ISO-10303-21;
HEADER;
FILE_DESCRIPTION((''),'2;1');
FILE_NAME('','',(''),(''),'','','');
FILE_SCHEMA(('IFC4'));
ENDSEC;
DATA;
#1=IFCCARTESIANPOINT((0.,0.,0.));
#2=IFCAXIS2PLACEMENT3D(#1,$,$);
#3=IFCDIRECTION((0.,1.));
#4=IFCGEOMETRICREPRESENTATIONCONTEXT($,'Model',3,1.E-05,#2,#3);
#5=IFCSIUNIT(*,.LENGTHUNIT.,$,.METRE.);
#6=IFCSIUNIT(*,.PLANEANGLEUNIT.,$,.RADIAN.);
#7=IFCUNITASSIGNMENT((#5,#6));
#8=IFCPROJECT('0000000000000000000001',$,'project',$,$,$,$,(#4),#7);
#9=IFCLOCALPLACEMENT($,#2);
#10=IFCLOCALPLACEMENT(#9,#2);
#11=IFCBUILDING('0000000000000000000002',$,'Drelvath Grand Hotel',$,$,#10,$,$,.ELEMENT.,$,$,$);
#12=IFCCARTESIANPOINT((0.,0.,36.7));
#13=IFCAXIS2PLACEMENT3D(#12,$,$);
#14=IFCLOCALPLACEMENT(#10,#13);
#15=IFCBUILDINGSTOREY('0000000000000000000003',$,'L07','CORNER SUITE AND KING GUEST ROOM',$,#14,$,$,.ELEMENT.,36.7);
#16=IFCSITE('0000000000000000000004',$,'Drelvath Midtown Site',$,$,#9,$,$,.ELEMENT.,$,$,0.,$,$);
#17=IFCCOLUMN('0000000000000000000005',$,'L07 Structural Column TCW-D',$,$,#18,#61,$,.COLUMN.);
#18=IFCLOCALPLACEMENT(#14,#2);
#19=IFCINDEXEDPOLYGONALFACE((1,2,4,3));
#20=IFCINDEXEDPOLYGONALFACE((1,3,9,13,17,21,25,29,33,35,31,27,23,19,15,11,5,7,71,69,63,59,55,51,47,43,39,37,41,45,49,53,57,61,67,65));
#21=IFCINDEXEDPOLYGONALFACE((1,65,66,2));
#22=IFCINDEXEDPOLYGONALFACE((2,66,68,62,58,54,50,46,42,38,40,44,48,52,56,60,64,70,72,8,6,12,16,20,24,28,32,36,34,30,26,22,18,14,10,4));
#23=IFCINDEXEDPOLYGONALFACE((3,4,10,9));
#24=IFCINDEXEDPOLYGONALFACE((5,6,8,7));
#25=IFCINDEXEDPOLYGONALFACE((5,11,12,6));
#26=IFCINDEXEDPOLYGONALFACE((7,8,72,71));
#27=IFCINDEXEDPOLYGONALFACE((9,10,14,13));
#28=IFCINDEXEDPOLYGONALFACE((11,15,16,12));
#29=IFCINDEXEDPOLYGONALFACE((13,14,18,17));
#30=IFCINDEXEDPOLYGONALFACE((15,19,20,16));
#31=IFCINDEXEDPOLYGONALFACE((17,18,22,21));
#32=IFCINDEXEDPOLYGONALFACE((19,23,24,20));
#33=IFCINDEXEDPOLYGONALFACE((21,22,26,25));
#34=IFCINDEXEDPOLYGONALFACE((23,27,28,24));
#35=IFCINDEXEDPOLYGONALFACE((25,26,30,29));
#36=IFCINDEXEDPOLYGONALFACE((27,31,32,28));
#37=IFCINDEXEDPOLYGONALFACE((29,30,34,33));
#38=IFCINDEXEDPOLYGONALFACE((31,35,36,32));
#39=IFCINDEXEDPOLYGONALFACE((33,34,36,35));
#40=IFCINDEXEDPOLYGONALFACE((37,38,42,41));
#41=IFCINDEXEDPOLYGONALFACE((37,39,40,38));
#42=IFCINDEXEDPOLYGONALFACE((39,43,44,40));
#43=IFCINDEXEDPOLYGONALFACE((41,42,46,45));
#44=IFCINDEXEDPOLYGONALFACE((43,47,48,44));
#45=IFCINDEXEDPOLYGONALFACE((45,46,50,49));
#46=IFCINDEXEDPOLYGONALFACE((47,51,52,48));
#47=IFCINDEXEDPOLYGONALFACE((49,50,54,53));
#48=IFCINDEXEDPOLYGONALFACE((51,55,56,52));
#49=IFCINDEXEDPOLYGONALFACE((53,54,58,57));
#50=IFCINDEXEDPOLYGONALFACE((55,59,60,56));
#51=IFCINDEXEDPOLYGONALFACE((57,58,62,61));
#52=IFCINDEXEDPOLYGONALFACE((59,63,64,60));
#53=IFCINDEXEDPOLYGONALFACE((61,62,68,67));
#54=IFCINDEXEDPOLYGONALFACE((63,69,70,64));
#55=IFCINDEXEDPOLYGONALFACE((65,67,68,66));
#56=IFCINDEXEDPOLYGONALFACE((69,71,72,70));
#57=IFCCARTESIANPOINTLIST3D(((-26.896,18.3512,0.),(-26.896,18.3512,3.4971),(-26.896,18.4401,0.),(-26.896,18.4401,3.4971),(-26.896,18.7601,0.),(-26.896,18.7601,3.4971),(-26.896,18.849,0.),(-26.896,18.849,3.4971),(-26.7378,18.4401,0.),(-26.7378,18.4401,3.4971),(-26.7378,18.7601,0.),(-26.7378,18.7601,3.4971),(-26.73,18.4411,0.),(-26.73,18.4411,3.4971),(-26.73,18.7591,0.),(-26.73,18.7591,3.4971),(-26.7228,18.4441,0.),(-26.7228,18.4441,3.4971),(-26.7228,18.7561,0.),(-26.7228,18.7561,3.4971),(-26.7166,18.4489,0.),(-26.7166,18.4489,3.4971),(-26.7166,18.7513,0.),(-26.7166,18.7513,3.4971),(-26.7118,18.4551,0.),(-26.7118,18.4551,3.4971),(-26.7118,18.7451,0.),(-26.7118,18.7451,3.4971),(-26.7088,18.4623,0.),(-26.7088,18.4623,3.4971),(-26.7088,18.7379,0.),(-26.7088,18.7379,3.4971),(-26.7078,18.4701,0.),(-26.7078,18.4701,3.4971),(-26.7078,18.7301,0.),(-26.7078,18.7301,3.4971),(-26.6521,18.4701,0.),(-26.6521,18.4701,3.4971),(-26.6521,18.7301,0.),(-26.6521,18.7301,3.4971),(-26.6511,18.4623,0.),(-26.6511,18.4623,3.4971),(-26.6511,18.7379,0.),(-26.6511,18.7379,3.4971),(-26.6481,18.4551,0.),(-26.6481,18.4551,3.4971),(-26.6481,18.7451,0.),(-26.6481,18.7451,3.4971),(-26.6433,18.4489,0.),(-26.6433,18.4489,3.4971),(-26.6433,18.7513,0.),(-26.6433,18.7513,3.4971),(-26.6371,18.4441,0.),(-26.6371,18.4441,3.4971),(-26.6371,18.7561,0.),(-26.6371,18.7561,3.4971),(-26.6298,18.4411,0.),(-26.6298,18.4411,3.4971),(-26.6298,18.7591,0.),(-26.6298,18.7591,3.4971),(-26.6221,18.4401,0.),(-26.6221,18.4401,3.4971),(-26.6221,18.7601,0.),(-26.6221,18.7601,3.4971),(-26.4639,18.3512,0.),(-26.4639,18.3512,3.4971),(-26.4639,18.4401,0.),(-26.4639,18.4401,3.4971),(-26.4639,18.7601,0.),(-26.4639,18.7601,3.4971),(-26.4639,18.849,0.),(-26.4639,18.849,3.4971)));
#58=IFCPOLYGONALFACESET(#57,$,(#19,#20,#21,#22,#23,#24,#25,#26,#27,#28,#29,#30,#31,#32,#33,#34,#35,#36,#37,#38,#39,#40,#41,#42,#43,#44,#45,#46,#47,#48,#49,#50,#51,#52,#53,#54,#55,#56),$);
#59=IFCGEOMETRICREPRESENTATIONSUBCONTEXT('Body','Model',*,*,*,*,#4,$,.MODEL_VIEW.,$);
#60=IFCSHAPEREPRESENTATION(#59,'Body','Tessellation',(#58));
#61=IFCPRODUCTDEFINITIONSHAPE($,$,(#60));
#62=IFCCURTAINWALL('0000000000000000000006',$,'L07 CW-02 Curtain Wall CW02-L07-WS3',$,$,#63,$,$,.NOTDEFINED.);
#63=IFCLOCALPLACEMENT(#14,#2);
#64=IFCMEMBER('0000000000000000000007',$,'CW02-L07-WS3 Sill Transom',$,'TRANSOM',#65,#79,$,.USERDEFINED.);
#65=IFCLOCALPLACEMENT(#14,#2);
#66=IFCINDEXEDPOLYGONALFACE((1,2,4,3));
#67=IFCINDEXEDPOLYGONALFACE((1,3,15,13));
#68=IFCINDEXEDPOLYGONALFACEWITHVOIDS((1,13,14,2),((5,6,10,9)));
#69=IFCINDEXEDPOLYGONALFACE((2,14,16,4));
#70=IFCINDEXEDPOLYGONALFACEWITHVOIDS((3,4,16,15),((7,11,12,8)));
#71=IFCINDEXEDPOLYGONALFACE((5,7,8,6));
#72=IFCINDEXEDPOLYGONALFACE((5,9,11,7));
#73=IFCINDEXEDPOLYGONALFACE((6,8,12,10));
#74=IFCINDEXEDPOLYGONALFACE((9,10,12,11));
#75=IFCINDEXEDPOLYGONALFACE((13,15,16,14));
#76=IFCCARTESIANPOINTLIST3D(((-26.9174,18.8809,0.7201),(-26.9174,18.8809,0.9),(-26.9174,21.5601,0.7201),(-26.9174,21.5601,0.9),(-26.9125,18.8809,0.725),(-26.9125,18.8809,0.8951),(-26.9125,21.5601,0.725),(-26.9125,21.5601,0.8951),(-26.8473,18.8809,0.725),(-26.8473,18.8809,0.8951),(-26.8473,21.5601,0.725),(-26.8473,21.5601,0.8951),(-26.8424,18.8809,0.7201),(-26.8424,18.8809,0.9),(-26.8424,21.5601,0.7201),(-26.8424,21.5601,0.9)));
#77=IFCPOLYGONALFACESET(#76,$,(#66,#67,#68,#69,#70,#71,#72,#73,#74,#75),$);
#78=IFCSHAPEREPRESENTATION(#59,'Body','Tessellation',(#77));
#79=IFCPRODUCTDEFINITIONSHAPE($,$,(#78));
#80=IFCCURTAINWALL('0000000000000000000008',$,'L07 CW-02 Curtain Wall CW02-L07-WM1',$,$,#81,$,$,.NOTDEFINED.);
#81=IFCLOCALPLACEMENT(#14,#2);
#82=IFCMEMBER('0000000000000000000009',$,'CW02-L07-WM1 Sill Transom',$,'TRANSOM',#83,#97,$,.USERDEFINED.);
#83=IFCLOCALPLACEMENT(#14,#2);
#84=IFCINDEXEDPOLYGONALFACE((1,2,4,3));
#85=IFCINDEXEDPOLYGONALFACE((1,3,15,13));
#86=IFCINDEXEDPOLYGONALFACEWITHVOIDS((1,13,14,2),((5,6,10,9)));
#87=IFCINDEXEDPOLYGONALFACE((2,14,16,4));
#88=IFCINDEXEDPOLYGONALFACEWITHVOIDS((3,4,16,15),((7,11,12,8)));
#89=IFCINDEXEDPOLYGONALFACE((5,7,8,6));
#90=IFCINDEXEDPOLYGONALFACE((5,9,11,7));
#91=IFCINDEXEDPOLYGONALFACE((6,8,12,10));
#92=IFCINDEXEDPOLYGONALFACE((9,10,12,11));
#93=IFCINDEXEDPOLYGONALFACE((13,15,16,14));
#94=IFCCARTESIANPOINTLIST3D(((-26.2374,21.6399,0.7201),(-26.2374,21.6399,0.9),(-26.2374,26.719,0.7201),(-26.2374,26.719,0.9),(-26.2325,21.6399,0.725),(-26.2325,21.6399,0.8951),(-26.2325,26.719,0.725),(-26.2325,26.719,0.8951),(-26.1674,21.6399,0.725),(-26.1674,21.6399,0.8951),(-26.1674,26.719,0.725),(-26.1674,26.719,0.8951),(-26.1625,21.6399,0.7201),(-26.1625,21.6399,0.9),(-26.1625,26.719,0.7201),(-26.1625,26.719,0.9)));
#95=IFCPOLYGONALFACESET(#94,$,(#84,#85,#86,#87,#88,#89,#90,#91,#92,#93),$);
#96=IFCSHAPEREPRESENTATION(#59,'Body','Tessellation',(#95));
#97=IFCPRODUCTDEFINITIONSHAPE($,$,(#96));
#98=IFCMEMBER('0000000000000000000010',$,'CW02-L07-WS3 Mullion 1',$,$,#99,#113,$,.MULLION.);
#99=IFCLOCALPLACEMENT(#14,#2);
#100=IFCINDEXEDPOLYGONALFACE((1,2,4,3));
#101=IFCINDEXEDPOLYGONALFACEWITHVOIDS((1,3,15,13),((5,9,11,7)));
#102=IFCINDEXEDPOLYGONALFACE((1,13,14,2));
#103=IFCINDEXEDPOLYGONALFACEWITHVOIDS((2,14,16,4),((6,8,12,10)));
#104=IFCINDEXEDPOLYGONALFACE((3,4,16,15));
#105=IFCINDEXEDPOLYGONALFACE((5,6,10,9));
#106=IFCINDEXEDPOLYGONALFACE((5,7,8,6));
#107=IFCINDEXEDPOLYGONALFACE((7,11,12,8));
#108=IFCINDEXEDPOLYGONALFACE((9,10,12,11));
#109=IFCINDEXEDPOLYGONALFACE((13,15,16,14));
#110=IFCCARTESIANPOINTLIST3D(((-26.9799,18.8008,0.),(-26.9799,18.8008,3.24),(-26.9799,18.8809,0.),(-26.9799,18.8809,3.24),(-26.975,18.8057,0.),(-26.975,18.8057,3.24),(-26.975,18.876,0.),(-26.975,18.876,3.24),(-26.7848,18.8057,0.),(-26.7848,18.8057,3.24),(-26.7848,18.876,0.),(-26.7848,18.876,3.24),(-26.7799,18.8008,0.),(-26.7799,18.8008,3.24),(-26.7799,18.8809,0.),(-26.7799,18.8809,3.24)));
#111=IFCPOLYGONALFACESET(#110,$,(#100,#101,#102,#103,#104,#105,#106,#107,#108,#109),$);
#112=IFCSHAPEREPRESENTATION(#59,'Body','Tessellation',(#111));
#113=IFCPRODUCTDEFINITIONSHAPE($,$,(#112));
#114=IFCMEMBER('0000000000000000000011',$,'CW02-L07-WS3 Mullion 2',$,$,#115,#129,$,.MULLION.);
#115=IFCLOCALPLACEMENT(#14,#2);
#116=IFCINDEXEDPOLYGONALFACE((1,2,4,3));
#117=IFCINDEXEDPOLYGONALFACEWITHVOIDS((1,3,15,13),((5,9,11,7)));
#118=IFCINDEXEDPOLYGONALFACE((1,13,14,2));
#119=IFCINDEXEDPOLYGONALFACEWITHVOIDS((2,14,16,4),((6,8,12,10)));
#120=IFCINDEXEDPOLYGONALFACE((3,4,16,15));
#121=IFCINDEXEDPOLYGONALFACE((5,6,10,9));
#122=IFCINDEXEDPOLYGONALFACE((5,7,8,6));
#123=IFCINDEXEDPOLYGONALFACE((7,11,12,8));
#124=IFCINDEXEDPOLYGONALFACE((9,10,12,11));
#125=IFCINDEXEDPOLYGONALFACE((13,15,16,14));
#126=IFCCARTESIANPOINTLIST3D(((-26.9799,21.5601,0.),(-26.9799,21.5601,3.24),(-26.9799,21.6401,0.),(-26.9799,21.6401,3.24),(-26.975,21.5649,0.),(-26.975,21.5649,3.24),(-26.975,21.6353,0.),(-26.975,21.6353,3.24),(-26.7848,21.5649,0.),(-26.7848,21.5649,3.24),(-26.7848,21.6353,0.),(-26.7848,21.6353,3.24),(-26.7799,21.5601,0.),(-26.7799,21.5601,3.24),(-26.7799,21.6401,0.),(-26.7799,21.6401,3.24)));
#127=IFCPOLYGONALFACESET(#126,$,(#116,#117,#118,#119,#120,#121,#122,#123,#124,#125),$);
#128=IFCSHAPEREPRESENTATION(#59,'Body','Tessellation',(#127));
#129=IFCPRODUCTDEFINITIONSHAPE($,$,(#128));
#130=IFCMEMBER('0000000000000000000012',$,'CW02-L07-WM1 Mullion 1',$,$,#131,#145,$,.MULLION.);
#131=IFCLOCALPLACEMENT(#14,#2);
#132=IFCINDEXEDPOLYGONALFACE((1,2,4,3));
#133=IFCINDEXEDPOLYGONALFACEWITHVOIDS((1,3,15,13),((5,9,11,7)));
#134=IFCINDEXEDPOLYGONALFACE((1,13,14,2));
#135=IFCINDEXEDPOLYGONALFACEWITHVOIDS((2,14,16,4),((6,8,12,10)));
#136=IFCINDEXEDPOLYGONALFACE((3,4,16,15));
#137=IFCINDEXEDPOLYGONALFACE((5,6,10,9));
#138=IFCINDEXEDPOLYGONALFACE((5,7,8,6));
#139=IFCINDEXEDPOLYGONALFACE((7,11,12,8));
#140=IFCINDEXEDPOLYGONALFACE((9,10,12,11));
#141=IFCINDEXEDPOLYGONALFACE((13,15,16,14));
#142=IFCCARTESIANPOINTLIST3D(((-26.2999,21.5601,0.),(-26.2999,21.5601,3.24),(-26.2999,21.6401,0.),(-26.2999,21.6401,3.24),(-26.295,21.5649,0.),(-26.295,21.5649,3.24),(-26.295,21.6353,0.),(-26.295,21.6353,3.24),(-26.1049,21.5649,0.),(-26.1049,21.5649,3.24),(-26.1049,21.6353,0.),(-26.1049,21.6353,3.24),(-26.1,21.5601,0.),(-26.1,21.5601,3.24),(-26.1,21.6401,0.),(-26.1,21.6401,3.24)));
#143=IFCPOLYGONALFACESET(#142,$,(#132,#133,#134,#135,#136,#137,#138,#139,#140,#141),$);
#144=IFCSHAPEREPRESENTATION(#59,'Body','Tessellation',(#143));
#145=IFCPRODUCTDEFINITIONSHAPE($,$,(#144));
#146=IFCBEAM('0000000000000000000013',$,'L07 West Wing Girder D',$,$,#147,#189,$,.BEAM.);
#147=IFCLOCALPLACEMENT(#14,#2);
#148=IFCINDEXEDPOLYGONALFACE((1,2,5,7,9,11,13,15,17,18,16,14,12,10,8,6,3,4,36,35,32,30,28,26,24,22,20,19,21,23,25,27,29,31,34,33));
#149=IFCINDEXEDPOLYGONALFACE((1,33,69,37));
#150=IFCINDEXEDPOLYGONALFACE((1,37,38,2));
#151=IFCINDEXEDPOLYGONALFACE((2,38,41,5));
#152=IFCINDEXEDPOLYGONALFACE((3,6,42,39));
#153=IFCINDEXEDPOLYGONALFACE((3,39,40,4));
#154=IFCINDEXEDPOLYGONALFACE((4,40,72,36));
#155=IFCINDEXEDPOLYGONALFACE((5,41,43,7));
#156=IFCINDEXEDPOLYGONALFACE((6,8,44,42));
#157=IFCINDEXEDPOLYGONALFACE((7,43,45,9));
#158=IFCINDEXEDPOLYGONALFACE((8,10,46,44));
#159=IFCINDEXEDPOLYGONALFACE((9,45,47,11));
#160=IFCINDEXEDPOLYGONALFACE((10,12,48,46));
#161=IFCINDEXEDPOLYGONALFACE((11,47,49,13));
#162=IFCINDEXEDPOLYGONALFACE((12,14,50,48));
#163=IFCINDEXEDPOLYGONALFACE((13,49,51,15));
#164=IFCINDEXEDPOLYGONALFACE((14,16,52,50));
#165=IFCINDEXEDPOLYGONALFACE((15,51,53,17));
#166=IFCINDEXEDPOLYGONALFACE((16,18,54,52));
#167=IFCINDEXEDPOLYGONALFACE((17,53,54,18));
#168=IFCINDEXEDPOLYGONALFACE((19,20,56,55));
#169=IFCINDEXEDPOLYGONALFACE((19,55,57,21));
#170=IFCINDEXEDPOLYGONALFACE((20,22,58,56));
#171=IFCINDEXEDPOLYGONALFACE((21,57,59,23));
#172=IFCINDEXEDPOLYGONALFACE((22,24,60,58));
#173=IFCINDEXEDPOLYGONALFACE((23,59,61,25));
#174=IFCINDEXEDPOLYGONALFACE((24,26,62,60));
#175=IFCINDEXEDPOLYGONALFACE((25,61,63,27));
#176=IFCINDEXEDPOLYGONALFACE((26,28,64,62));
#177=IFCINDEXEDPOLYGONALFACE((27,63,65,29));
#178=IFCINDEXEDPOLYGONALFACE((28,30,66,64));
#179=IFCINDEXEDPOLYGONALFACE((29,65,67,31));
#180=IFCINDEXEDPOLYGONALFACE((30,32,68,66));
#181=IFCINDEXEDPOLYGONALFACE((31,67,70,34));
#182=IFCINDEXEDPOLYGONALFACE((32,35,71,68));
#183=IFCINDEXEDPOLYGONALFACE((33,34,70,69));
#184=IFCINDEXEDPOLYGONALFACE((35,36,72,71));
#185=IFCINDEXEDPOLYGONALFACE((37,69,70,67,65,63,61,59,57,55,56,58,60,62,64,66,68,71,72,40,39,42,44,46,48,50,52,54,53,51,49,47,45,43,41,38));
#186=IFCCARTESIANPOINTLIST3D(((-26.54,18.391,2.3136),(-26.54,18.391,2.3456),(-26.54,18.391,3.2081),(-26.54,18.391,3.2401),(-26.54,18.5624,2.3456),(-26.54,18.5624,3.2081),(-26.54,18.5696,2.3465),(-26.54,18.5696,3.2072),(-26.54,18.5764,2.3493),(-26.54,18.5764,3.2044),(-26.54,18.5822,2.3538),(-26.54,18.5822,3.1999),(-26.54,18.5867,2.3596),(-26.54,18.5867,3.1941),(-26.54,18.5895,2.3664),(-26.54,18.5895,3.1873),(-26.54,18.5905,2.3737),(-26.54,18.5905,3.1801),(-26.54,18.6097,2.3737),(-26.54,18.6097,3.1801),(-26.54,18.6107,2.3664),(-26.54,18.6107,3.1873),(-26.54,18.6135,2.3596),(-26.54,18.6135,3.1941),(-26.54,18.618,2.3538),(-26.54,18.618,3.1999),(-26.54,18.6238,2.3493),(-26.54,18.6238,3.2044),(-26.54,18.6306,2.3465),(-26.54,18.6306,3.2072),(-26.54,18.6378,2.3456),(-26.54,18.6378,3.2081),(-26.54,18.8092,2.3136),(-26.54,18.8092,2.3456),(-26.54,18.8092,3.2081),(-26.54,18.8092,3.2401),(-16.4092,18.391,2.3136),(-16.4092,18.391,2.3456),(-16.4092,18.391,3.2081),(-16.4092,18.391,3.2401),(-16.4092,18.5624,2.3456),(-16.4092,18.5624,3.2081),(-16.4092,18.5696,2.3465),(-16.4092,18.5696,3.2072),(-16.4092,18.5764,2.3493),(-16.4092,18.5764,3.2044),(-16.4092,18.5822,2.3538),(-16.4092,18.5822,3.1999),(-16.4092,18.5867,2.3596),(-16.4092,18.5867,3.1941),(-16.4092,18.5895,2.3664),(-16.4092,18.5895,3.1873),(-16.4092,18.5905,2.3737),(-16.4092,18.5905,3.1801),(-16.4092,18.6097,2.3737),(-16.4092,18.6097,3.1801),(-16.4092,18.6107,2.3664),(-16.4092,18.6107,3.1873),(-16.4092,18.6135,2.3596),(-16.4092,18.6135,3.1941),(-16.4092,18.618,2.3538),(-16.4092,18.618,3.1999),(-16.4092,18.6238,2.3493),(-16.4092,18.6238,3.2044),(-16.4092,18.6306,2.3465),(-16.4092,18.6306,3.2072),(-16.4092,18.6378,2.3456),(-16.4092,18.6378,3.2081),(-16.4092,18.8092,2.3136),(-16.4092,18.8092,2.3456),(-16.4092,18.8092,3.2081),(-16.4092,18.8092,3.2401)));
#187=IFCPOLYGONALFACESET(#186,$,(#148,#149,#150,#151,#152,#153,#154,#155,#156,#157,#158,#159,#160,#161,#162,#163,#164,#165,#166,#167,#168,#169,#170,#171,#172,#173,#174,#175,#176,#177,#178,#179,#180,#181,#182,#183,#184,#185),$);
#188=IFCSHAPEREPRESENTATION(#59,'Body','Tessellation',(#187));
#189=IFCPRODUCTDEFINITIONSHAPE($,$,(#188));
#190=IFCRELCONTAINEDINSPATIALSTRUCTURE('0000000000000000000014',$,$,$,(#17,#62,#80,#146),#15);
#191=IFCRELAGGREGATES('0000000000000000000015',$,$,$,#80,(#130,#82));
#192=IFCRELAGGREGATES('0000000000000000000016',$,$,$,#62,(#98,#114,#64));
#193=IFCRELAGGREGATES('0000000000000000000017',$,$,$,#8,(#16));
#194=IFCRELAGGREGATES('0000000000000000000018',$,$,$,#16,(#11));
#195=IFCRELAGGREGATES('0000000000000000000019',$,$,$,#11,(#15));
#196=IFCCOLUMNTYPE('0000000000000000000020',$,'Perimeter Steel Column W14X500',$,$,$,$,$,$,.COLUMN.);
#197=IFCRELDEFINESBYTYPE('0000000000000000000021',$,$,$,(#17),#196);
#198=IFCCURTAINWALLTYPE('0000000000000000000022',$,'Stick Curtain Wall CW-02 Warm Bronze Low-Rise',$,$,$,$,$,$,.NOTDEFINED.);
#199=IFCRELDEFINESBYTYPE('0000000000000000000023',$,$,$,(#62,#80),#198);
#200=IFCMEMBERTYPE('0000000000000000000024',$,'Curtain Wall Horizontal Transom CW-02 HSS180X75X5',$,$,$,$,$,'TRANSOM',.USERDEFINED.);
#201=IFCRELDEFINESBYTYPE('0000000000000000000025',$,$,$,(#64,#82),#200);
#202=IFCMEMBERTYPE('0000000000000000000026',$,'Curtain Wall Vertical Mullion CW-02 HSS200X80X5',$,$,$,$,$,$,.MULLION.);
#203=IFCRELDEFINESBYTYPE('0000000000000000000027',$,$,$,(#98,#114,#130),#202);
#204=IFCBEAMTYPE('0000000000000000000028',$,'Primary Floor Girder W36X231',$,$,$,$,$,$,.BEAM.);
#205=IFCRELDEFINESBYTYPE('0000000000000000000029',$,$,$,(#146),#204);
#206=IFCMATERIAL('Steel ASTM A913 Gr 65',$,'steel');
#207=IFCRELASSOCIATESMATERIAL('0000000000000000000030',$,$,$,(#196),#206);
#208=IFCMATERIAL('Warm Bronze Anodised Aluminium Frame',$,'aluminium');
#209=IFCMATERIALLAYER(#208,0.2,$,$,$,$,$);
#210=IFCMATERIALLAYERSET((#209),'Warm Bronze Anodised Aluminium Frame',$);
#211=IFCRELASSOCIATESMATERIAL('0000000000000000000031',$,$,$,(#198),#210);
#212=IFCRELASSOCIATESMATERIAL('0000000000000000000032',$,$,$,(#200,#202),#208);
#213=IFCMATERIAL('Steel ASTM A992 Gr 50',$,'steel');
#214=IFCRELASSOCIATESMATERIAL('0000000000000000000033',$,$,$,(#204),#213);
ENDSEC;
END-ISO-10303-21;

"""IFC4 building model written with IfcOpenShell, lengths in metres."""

from ifc_helpers import new_model, si_unit, direction, frame, origin, origin_2d, place, context, subcontext, project, spatial, hollow_rectangle, i_section, extrude, material, layer, layer_set, material_profile, profile_set, type_object, element, aggregate, save


model = new_model("IFC4")

# Units and contexts
model_context = context("Model", 3, precision=1e-05, world=origin(), true_north=direction((0.0, 1.0)))
body_context = subcontext(model_context, "Body", "Model", "MODEL_VIEW")
ifc_project = project(units=[si_unit("LENGTHUNIT", "METRE"), si_unit("PLANEANGLEUNIT", "RADIAN")], contexts=[model_context])

# Site, building, storey
site_placement = place(None, origin())
site = spatial("IfcSite", under=ifc_project, at=site_placement, Name="Drelvath Midtown Site", CompositionType="ELEMENT", RefElevation=0.0)
building_placement = place(site_placement, origin())
building = spatial("IfcBuilding", under=site, at=building_placement, Name="Drelvath Grand Hotel", CompositionType="ELEMENT")
storey_placement = place(building_placement, frame((0.0, 0.0, 36.7)))
storey = spatial("IfcBuildingStorey", under=building, at=storey_placement, Name="L07", Description="CORNER SUITE AND KING GUEST ROOM", CompositionType="ELEMENT", Elevation=36.7)

# Column
ifc_material_1 = material(Name="Steel ASTM A913 Gr 65", Category="steel")
ifc_material_profile_1 = material_profile(ifc_material_1, i_section(OverallWidth=0.4321, OverallDepth=0.4978, WebThickness=0.0557, FlangeThickness=0.0889, FilletRadius=0.03, at=origin_2d()), Name="W14X500")
ifc_profile_set_1 = profile_set([ifc_material_profile_1], Name="Steel ASTM A913 Gr 65")
column_type = type_object("IfcColumnType", Name="Perimeter Steel Column W14X500", PredefinedType="COLUMN", material=ifc_profile_set_1)
column_placement = place(storey_placement, frame((-26.6799, 18.6001, 0.0), z_axis=(0.0, 0.0, 1.0), x_axis=(1.0, 0.0, 0.0)))
element("IfcColumn", 1, at=column_placement, inside=storey, type_object=column_type, Name="L07 Structural Column TCW-D", PredefinedType="COLUMN", context=body_context, shape_type="SweptSolid", body=[
    extrude(i_section(OverallWidth=0.4321, OverallDepth=0.4978, WebThickness=0.0557, FlangeThickness=0.0889, FilletRadius=0.03, at=origin_2d()), origin(), (0.0, 0.0, 1.0), 3.4971),
])

# Curtain walls, members
ifc_material_2 = material(Name="Warm Bronze Anodised Aluminium Frame", Category="aluminium")
ifc_layer_1 = layer(ifc_material_2, 0.2)
ifc_layer_set_1 = layer_set([ifc_layer_1], Name="Warm Bronze Anodised Aluminium Frame")
curtain_wall_type = type_object("IfcCurtainWallType", Name="Stick Curtain Wall CW-02 Warm Bronze Low-Rise", PredefinedType="NOTDEFINED", material=ifc_layer_set_1)
curtain_wall_1_placement = place(storey_placement, origin())
curtain_wall_1 = element("IfcCurtainWall", 2, at=curtain_wall_1_placement, inside=storey, type_object=curtain_wall_type, Name="L07 CW-02 Curtain Wall CW02-L07-WS3", PredefinedType="NOTDEFINED")
ifc_material_profile_2 = material_profile(ifc_material_2, hollow_rectangle(XDim=0.075, YDim=0.1799, WallThickness=0.0049, at=origin_2d()), Name="HSS180X75X5")
ifc_profile_set_2 = profile_set([ifc_material_profile_2], Name="Warm Bronze Anodised Aluminium Frame")
member_type_1 = type_object("IfcMemberType", Name="Curtain Wall Horizontal Transom CW-02 HSS180X75X5", ElementType="TRANSOM", PredefinedType="USERDEFINED", material=ifc_profile_set_2)
member_1_placement = place(storey_placement, frame((-26.8799, 18.8809, 0.8101), z_axis=(0.0, 1.0, 0.0), x_axis=(-1.0, 0.0, 0.0)))
member_1 = element("IfcMember", 3, at=member_1_placement, type_object=member_type_1, Name="CW02-L07-WS3 Sill Transom", ObjectType="TRANSOM", PredefinedType="USERDEFINED", context=body_context, shape_type="SweptSolid", body=[
    extrude(hollow_rectangle(XDim=0.075, YDim=0.1799, WallThickness=0.0049, at=origin_2d()), origin(), (0.0, 0.0, 1.0), 2.6792),
])
curtain_wall_2_placement = place(storey_placement, origin())
curtain_wall_2 = element("IfcCurtainWall", 4, at=curtain_wall_2_placement, inside=storey, type_object=curtain_wall_type, Name="L07 CW-02 Curtain Wall CW02-L07-WM1", PredefinedType="NOTDEFINED")
member_2_placement = place(storey_placement, frame((-26.2, 21.6399, 0.8101), z_axis=(0.0, 1.0, 0.0), x_axis=(-1.0, 0.0, 0.0)))
member_2 = element("IfcMember", 5, at=member_2_placement, type_object=member_type_1, Name="CW02-L07-WM1 Sill Transom", ObjectType="TRANSOM", PredefinedType="USERDEFINED", context=body_context, shape_type="SweptSolid", body=[
    extrude(hollow_rectangle(XDim=0.075, YDim=0.1799, WallThickness=0.0049, at=origin_2d()), origin(), (0.0, 0.0, 1.0), 5.0791),
])

# Members
ifc_material_profile_3 = material_profile(ifc_material_2, hollow_rectangle(XDim=0.0801, YDim=0.2, WallThickness=0.0049, at=origin_2d()), Name="HSS200X80X5")
ifc_profile_set_3 = profile_set([ifc_material_profile_3], Name="Warm Bronze Anodised Aluminium Frame")
member_type_2 = type_object("IfcMemberType", Name="Curtain Wall Vertical Mullion CW-02 HSS200X80X5", PredefinedType="MULLION", material=ifc_profile_set_3)
member_3_placement = place(storey_placement, frame((-26.8799, 18.8408, 0.0), z_axis=(0.0, 0.0, 1.0), x_axis=(0.0, 1.0, 0.0)))
member_3 = element("IfcMember", 6, at=member_3_placement, type_object=member_type_2, Name="CW02-L07-WS3 Mullion 1", PredefinedType="MULLION", context=body_context, shape_type="SweptSolid", body=[
    extrude(hollow_rectangle(XDim=0.0801, YDim=0.2, WallThickness=0.0049, at=origin_2d()), origin(), (0.0, 0.0, 1.0), 3.24),
])
member_4_placement = place(storey_placement, frame((-26.8799, 21.6001, 0.0), z_axis=(0.0, 0.0, 1.0), x_axis=(0.0, 1.0, 0.0)))
member_4 = element("IfcMember", 7, at=member_4_placement, type_object=member_type_2, Name="CW02-L07-WS3 Mullion 2", PredefinedType="MULLION", context=body_context, shape_type="SweptSolid", body=[
    extrude(hollow_rectangle(XDim=0.0801, YDim=0.2, WallThickness=0.0049, at=origin_2d()), origin(), (0.0, 0.0, 1.0), 3.24),
])
member_5_placement = place(storey_placement, frame((-26.2, 21.6001, 0.0), z_axis=(0.0, 0.0, 1.0), x_axis=(0.0, 1.0, 0.0)))
member_5 = element("IfcMember", 8, at=member_5_placement, type_object=member_type_2, Name="CW02-L07-WM1 Mullion 1", PredefinedType="MULLION", context=body_context, shape_type="SweptSolid", body=[
    extrude(hollow_rectangle(XDim=0.0801, YDim=0.2, WallThickness=0.0049, at=origin_2d()), origin(), (0.0, 0.0, 1.0), 3.24),
])
aggregate(curtain_wall_2, [member_5, member_2])

# Beam
ifc_material_3 = material(Name="Steel ASTM A992 Gr 50", Category="steel")
ifc_material_profile_4 = material_profile(ifc_material_3, i_section(OverallWidth=0.4182, OverallDepth=0.9265, WebThickness=0.0193, FlangeThickness=0.032, FilletRadius=0.0281, at=origin_2d()), Name="W36X231")
ifc_profile_set_4 = profile_set([ifc_material_profile_4], Name="Steel ASTM A992 Gr 50")
beam_type = type_object("IfcBeamType", Name="Primary Floor Girder W36X231", PredefinedType="BEAM", material=ifc_profile_set_4)
beam_placement = place(storey_placement, frame((-26.54, 18.6001, 2.7769), z_axis=(1.0, 0.0, 0.0), x_axis=(0.0, 1.0, 0.0)))
element("IfcBeam", 9, at=beam_placement, inside=storey, type_object=beam_type, Name="L07 West Wing Girder D", PredefinedType="BEAM", context=body_context, shape_type="SweptSolid", body=[
    extrude(i_section(OverallWidth=0.4182, OverallDepth=0.9265, WebThickness=0.0193, FlangeThickness=0.032, FilletRadius=0.0281, at=origin_2d()), origin(), (0.0, 0.0, 1.0), 10.1309),
])

aggregate(curtain_wall_1, [member_3, member_4, member_1])

save(model, "model.ifc")
